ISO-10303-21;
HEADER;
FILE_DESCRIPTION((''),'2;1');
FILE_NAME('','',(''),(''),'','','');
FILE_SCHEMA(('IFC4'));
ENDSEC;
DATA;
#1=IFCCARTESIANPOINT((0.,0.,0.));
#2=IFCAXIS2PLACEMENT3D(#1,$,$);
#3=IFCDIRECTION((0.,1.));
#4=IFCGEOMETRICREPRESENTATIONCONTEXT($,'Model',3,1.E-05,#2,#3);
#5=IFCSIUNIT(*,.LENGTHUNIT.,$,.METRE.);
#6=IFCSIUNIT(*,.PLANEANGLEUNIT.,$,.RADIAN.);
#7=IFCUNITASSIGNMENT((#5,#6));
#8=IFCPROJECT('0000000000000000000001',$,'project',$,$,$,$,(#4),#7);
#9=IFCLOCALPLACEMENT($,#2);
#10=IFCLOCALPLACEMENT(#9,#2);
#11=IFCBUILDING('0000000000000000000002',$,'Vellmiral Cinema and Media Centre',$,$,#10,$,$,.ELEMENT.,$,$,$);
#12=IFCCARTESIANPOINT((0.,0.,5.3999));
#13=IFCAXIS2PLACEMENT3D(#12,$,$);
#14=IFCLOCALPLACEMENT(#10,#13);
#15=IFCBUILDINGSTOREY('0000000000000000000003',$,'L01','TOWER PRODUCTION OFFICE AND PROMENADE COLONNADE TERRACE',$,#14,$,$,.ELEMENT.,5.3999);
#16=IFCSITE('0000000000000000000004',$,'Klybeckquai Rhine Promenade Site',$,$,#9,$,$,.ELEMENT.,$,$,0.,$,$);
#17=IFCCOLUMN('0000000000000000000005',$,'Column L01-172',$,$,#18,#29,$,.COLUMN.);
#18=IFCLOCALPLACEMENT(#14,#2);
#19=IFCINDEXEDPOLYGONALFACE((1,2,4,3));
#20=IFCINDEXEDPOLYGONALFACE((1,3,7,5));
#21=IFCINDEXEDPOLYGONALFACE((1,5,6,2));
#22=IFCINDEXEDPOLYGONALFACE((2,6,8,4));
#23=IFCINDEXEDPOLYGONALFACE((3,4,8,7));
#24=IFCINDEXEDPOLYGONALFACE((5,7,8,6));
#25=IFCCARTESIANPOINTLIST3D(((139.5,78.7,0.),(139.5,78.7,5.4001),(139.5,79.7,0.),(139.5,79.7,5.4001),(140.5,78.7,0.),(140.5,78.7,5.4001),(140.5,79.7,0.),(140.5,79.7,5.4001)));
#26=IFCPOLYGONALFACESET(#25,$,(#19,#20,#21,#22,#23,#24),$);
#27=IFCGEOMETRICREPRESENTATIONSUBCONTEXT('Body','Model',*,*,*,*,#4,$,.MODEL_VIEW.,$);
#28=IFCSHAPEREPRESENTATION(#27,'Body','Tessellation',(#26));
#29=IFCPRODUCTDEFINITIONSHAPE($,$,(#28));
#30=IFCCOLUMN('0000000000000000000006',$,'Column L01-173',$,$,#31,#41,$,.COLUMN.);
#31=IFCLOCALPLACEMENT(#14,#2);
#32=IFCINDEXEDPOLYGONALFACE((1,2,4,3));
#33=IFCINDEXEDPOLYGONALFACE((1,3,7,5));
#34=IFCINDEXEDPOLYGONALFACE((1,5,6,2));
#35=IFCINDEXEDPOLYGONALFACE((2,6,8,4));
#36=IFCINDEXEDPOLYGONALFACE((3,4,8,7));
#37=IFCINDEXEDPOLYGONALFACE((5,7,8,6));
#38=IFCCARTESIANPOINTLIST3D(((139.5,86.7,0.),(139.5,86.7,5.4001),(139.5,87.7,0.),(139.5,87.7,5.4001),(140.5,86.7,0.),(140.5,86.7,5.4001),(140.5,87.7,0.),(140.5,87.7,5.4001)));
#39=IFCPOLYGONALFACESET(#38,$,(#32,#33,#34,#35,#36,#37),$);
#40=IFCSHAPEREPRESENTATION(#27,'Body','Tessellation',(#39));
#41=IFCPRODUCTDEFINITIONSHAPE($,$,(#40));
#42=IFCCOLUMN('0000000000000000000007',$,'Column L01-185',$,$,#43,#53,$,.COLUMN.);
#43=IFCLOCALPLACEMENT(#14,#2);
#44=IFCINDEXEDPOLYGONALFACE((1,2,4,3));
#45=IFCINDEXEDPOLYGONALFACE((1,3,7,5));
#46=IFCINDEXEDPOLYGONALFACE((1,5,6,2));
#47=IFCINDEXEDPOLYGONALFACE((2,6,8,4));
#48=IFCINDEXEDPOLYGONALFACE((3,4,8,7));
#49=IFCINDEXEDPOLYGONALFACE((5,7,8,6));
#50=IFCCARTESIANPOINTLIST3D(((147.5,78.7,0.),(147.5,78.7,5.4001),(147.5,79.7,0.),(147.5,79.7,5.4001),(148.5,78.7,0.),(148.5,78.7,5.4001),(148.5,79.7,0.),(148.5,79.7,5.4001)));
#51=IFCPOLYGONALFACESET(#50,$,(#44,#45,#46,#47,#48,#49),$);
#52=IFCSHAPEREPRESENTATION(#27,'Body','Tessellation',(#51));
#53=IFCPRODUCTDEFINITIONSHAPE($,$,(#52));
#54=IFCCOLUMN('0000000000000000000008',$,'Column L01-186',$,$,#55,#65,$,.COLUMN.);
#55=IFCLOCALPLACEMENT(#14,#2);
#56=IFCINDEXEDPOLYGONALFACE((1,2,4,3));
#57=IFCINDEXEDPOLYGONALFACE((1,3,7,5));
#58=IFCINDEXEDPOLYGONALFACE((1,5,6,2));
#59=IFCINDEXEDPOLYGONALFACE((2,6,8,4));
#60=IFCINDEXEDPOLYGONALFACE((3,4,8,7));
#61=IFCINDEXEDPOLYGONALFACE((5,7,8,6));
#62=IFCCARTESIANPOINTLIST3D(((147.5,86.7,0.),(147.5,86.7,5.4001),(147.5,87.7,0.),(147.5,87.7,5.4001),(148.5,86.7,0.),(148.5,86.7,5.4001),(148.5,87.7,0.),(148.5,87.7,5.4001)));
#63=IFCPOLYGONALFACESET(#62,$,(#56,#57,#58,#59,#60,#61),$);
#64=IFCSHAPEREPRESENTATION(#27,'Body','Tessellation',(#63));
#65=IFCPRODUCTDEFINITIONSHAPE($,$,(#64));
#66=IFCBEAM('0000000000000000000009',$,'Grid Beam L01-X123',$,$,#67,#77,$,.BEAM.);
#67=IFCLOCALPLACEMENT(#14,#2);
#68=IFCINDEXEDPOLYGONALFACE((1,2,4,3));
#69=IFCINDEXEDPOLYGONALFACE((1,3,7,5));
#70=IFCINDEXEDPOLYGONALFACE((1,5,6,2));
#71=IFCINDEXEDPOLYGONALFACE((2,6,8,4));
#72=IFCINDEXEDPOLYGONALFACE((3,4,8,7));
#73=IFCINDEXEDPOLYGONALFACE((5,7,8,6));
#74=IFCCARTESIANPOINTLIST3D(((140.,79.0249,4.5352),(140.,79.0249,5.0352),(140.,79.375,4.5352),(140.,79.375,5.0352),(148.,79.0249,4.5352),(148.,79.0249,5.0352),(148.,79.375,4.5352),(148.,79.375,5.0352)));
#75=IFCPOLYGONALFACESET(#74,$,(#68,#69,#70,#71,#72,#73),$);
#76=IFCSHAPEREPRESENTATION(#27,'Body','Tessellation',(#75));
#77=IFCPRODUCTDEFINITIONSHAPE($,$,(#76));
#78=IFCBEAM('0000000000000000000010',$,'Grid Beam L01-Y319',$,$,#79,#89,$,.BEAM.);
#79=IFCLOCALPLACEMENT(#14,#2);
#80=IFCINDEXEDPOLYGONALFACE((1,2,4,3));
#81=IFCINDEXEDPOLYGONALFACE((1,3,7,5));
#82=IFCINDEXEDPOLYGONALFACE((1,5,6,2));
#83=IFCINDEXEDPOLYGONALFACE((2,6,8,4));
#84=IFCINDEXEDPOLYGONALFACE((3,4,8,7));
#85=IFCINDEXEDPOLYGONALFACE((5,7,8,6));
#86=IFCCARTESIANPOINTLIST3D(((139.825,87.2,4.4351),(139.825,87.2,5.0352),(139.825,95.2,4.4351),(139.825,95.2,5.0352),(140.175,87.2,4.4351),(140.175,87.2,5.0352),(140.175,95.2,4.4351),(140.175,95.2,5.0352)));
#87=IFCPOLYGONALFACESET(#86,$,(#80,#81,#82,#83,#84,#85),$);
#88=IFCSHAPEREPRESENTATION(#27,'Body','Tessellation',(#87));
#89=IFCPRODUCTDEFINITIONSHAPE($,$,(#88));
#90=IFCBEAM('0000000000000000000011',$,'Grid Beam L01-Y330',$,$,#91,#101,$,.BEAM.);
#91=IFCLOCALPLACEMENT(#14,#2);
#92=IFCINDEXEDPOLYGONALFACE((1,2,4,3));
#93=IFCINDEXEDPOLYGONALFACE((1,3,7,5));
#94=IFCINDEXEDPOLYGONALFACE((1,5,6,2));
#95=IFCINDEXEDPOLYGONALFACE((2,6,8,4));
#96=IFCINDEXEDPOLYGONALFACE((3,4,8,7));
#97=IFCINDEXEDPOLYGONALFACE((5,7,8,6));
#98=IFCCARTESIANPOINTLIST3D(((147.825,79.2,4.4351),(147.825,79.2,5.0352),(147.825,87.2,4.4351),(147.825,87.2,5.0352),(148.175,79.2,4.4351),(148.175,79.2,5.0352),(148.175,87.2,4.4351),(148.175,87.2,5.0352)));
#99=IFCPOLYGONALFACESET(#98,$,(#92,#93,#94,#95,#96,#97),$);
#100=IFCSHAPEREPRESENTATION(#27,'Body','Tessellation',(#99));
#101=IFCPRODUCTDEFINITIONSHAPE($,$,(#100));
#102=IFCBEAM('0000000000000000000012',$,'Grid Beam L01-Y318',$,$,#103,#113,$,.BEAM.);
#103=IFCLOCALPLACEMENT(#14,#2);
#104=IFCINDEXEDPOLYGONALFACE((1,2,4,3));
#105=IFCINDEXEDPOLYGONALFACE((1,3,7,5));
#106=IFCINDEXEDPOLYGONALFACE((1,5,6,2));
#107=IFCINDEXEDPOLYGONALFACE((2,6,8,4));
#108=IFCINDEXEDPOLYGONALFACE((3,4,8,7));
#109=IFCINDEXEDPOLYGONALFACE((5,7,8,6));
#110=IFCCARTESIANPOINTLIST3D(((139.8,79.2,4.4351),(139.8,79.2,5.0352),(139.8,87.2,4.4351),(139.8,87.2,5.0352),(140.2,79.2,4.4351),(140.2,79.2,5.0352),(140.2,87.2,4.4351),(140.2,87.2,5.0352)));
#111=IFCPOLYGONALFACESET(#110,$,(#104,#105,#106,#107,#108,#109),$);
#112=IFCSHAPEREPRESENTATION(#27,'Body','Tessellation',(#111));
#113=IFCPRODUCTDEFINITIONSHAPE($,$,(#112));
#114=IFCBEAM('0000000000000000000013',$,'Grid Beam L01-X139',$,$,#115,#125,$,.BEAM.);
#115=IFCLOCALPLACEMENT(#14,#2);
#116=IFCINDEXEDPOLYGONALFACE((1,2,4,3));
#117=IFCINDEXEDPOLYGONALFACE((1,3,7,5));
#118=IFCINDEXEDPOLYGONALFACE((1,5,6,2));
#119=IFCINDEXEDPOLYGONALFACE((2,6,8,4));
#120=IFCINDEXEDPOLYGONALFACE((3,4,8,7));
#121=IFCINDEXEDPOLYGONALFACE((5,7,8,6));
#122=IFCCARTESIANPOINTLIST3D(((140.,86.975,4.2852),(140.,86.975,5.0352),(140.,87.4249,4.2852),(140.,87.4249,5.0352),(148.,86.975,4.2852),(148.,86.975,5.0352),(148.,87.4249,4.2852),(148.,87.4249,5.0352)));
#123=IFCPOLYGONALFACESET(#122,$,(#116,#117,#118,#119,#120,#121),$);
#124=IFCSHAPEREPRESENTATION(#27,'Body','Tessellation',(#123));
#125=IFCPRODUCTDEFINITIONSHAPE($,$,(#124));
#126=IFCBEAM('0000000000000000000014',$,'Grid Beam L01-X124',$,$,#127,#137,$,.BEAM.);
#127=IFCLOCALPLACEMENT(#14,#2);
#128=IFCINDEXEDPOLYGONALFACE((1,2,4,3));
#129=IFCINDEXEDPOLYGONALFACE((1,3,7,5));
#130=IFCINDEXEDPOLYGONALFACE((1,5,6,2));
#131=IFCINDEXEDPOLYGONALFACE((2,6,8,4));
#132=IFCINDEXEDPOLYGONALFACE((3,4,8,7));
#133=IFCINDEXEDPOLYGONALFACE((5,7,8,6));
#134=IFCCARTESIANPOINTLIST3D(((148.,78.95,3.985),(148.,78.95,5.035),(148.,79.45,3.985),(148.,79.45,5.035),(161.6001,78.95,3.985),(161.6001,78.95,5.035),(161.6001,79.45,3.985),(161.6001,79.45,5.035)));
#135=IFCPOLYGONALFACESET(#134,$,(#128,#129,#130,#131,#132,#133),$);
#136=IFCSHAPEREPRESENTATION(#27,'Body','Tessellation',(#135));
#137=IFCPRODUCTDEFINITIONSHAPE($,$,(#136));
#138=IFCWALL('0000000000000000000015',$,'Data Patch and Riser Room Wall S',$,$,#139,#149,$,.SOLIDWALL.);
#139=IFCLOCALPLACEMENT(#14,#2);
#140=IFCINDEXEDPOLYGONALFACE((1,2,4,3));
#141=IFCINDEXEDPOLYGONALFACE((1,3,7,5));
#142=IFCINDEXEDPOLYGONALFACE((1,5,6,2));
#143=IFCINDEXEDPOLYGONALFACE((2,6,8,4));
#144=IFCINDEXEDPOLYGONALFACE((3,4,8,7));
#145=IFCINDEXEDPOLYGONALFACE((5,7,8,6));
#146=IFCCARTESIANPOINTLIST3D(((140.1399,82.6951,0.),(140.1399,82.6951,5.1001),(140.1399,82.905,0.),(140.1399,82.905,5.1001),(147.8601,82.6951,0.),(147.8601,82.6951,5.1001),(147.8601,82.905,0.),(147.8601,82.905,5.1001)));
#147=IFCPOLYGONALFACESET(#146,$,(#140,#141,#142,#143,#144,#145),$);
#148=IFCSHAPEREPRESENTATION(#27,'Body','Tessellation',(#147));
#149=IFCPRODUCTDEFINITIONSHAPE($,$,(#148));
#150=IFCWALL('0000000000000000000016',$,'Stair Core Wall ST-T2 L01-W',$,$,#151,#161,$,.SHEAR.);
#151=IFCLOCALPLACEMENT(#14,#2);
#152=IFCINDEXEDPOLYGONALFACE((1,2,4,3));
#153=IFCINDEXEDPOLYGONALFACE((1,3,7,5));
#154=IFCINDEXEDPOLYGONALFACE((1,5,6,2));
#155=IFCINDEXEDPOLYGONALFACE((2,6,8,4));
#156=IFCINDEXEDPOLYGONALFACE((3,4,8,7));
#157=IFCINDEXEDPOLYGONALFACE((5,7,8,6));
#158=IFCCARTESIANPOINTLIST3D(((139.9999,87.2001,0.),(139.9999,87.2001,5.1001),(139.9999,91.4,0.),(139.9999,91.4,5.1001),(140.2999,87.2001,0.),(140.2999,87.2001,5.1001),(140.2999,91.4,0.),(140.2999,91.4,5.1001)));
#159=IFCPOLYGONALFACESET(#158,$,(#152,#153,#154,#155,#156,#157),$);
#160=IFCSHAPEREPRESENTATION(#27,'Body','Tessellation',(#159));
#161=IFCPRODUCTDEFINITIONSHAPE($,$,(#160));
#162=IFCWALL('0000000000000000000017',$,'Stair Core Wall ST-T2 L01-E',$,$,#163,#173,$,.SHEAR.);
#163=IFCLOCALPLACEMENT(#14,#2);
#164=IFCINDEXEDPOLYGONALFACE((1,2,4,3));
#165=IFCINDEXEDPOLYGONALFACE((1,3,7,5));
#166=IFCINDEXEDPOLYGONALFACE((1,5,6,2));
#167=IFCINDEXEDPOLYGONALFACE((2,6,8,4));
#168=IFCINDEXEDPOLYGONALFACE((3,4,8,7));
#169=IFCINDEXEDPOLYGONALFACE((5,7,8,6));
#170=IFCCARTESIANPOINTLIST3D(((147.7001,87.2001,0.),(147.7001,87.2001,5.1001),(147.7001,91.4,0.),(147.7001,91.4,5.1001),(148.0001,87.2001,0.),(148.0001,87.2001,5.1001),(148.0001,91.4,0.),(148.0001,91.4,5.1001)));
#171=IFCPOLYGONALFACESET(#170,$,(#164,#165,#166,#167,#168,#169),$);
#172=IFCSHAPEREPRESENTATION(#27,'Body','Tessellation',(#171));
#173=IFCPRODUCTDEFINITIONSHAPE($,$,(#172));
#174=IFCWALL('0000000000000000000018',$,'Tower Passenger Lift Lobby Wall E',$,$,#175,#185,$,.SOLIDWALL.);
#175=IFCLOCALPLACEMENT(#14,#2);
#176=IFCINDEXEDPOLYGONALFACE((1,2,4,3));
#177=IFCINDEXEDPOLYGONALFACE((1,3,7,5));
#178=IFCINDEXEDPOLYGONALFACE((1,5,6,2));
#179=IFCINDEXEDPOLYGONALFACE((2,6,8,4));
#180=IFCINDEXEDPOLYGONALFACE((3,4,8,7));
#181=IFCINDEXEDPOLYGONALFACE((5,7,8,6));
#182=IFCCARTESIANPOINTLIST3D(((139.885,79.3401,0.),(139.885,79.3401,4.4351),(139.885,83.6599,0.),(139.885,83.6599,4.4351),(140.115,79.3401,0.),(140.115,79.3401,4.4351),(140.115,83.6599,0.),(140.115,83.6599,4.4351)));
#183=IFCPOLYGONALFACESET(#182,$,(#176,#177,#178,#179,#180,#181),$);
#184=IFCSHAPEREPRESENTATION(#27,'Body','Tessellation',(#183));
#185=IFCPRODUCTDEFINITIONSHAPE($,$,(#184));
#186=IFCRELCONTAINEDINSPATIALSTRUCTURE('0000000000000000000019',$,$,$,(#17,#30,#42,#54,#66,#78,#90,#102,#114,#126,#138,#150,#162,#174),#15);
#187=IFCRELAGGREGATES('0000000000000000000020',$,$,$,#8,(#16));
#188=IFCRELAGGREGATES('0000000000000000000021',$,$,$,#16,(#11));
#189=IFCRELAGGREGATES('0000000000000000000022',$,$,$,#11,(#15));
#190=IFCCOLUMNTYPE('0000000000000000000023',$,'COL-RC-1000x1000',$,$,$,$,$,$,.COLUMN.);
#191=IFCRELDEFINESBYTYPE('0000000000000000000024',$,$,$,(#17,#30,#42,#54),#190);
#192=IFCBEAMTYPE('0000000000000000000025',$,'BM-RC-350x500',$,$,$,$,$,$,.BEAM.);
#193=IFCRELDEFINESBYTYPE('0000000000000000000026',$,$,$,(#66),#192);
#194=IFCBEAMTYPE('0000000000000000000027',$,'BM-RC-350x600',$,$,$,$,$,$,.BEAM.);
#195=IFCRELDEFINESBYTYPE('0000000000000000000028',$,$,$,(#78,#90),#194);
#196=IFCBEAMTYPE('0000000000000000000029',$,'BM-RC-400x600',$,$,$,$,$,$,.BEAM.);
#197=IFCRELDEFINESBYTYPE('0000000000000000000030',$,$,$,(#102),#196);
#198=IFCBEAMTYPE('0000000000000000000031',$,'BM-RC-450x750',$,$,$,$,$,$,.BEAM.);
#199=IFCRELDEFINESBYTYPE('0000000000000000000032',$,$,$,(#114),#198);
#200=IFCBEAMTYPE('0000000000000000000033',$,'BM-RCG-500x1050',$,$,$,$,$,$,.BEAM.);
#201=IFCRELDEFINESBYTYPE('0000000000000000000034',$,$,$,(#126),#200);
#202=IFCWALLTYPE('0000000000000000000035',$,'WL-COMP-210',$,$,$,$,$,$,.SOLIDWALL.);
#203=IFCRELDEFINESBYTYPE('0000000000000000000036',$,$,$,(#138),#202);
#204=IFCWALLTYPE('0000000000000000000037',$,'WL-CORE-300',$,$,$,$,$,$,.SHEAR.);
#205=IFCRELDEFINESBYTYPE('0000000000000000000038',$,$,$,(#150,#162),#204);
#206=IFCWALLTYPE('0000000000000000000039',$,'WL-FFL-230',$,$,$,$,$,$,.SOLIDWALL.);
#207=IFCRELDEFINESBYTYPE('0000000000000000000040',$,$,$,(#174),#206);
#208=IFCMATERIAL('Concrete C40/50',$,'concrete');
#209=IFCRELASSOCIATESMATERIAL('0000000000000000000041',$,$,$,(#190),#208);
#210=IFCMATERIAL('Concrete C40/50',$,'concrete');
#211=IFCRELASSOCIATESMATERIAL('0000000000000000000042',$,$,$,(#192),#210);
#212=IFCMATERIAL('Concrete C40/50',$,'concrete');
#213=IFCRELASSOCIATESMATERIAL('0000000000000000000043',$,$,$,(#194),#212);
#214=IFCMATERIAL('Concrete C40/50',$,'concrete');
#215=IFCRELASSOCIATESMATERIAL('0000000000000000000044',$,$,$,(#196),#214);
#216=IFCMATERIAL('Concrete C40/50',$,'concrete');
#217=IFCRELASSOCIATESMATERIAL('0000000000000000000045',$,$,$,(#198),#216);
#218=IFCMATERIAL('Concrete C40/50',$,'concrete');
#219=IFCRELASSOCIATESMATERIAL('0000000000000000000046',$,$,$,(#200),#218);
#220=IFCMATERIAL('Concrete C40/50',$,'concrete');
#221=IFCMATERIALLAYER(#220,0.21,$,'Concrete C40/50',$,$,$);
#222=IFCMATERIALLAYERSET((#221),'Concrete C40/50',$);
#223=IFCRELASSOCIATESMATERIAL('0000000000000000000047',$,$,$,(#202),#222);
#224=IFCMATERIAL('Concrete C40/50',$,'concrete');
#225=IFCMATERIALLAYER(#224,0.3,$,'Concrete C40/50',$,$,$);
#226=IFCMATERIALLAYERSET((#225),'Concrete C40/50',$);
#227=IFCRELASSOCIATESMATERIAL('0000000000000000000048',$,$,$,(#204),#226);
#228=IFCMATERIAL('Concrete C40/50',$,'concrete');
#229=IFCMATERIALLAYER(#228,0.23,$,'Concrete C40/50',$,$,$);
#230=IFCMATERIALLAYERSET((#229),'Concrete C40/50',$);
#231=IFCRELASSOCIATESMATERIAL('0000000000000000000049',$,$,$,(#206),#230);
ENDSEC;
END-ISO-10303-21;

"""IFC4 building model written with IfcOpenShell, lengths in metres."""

from ifc_helpers import new_model, si_unit, direction, frame, frame_2d, origin, origin_2d, place, context, subcontext, project, spatial, rectangle, extrude, material, layer, layer_set, material_profile, profile_set, type_object, element, save


model = new_model("IFC4")

# Units and contexts
model_context = context("Model", 3, precision=1e-05, world=origin(), true_north=direction((0.0, 1.0)))
body_context = subcontext(model_context, "Body", "Model", "MODEL_VIEW")
ifc_project = project(units=[si_unit("LENGTHUNIT", "METRE"), si_unit("PLANEANGLEUNIT", "RADIAN")], contexts=[model_context])

# Site, building, storey
site_placement = place(None, origin())
site = spatial("IfcSite", under=ifc_project, at=site_placement, Name="Klybeckquai Rhine Promenade Site", CompositionType="ELEMENT", RefElevation=0.0)
building_placement = place(site_placement, origin())
building = spatial("IfcBuilding", under=site, at=building_placement, Name="Vellmiral Cinema and Media Centre", CompositionType="ELEMENT")
storey_placement = place(building_placement, frame((0.0, 0.0, 5.3999)))
storey = spatial("IfcBuildingStorey", under=building, at=storey_placement, Name="L01", Description="TOWER PRODUCTION OFFICE AND PROMENADE COLONNADE TERRACE", CompositionType="ELEMENT", Elevation=5.3999)

# Columns
ifc_material_1 = material(Name="Concrete C40/50", Category="concrete")
ifc_material_profile_1 = material_profile(ifc_material_1, rectangle(XDim=1.0, YDim=1.0, at=origin_2d()), Name="RC 1000x1000")
ifc_profile_set_1 = profile_set([ifc_material_profile_1], Name="Concrete C40/50")
column_type = type_object("IfcColumnType", Name="COL-RC-1000x1000", PredefinedType="COLUMN", material=ifc_profile_set_1)
for number, where, z_axis, x_axis, name in (
    (1, (140.0, 79.2, 0.0), (0.0, 0.0, 1.0), (1.0, 0.0, 0.0), "Column L01-172"),
    (2, (140.0, 87.2, 0.0), (0.0, 0.0, 1.0), (1.0, 0.0, 0.0), "Column L01-173"),
    (3, (148.0, 79.2, 0.0), (0.0, 0.0, 1.0), (1.0, 0.0, 0.0), "Column L01-185"),
    (4, (148.0, 87.2, 0.0), (0.0, 0.0, 1.0), (1.0, 0.0, 0.0), "Column L01-186"),
):
    element("IfcColumn", number, at=place(storey_placement, frame(where, z_axis=z_axis, x_axis=x_axis)), inside=storey, type_object=column_type, Name=name, PredefinedType="COLUMN", context=body_context, shape_type="SweptSolid", body=[
        extrude(rectangle(XDim=1.0, YDim=1.0, at=origin_2d()), origin(), (0.0, 0.0, 1.0), 5.4001),
    ])

# Beams
ifc_material_2 = material(Name="Concrete C40/50", Category="concrete")
ifc_material_profile_2 = material_profile(ifc_material_2, rectangle(XDim=0.3501, YDim=0.5, at=origin_2d()), Name="RC 350x500")
ifc_profile_set_2 = profile_set([ifc_material_profile_2], Name="Concrete C40/50")
beam_type_1 = type_object("IfcBeamType", Name="BM-RC-350x500", PredefinedType="BEAM", material=ifc_profile_set_2)
beam_1_placement = place(storey_placement, frame((140.0, 79.2, 4.7852), z_axis=(1.0, 0.0, 0.0), x_axis=(0.0, 1.0, 0.0)))
element("IfcBeam", 5, at=beam_1_placement, inside=storey, type_object=beam_type_1, Name="Grid Beam L01-X123", PredefinedType="BEAM", context=body_context, shape_type="SweptSolid", body=[
    extrude(rectangle(XDim=0.3501, YDim=0.5, at=origin_2d()), origin(), (0.0, 0.0, 1.0), 8.0),
])
ifc_material_3 = material(Name="Concrete C40/50", Category="concrete")
ifc_material_profile_3 = material_profile(ifc_material_3, rectangle(XDim=0.3501, YDim=0.6001, at=origin_2d()), Name="RC 350x600")
ifc_profile_set_3 = profile_set([ifc_material_profile_3], Name="Concrete C40/50")
beam_type_2 = type_object("IfcBeamType", Name="BM-RC-350x600", PredefinedType="BEAM", material=ifc_profile_set_3)
for number, where, z_axis, x_axis, name in (
    (6, (140.0, 87.2, 4.7351), (0.0, 1.0, 0.0), (-1.0, 0.0, 0.0), "Grid Beam L01-Y319"),
    (7, (148.0, 79.2, 4.7351), (0.0, 1.0, 0.0), (-1.0, 0.0, 0.0), "Grid Beam L01-Y330"),
):
    element("IfcBeam", number, at=place(storey_placement, frame(where, z_axis=z_axis, x_axis=x_axis)), inside=storey, type_object=beam_type_2, Name=name, PredefinedType="BEAM", context=body_context, shape_type="SweptSolid", body=[
        extrude(rectangle(XDim=0.3501, YDim=0.6001, at=origin_2d()), origin(), (0.0, 0.0, 1.0), 8.0),
    ])
ifc_material_4 = material(Name="Concrete C40/50", Category="concrete")
ifc_material_profile_4 = material_profile(ifc_material_4, rectangle(XDim=0.3999, YDim=0.6001, at=origin_2d()), Name="RC 400x600")
ifc_profile_set_4 = profile_set([ifc_material_profile_4], Name="Concrete C40/50")
beam_type_3 = type_object("IfcBeamType", Name="BM-RC-400x600", PredefinedType="BEAM", material=ifc_profile_set_4)
beam_2_placement = place(storey_placement, frame((140.0, 79.2, 4.7351), z_axis=(0.0, 1.0, 0.0), x_axis=(-1.0, 0.0, 0.0)))
element("IfcBeam", 8, at=beam_2_placement, inside=storey, type_object=beam_type_3, Name="Grid Beam L01-Y318", PredefinedType="BEAM", context=body_context, shape_type="SweptSolid", body=[
    extrude(rectangle(XDim=0.3999, YDim=0.6001, at=origin_2d()), origin(), (0.0, 0.0, 1.0), 8.0),
])
ifc_material_5 = material(Name="Concrete C40/50", Category="concrete")
ifc_material_profile_5 = material_profile(ifc_material_5, rectangle(XDim=0.45, YDim=0.75, at=origin_2d()), Name="RC 450x750")
ifc_profile_set_5 = profile_set([ifc_material_profile_5], Name="Concrete C40/50")
beam_type_4 = type_object("IfcBeamType", Name="BM-RC-450x750", PredefinedType="BEAM", material=ifc_profile_set_5)
beam_3_placement = place(storey_placement, frame((140.0, 87.2, 4.6602), z_axis=(1.0, 0.0, 0.0), x_axis=(0.0, 1.0, 0.0)))
element("IfcBeam", 9, at=beam_3_placement, inside=storey, type_object=beam_type_4, Name="Grid Beam L01-X139", PredefinedType="BEAM", context=body_context, shape_type="SweptSolid", body=[
    extrude(rectangle(XDim=0.45, YDim=0.75, at=origin_2d()), origin(), (0.0, 0.0, 1.0), 8.0),
])
ifc_material_6 = material(Name="Concrete C40/50", Category="concrete")
ifc_material_profile_6 = material_profile(ifc_material_6, rectangle(XDim=0.5, YDim=1.05, at=origin_2d()), Name="RC 500x1050")
ifc_profile_set_6 = profile_set([ifc_material_profile_6], Name="Concrete C40/50")
beam_type_5 = type_object("IfcBeamType", Name="BM-RCG-500x1050", PredefinedType="BEAM", material=ifc_profile_set_6)
beam_4_placement = place(storey_placement, frame((148.0, 79.2, 4.51), z_axis=(1.0, 0.0, 0.0), x_axis=(0.0, 1.0, 0.0)))
element("IfcBeam", 10, at=beam_4_placement, inside=storey, type_object=beam_type_5, Name="Grid Beam L01-X124", PredefinedType="BEAM", context=body_context, shape_type="SweptSolid", body=[
    extrude(rectangle(XDim=0.5, YDim=1.05, at=origin_2d()), origin(), (0.0, 0.0, 1.0), 13.6001),
])

# Wall
ifc_material_7 = material(Name="Concrete C40/50", Category="concrete")
ifc_layer_1 = layer(ifc_material_7, 0.21, Name="Concrete C40/50")
ifc_layer_set_1 = layer_set([ifc_layer_1], Name="Concrete C40/50")
wall_type_1 = type_object("IfcWallType", Name="WL-COMP-210", PredefinedType="SOLIDWALL", material=ifc_layer_set_1)
wall_1_placement = place(storey_placement, frame((140.1399, 82.8, 0.0), z_axis=(0.0, 0.0, 1.0), x_axis=(1.0, 0.0, 0.0)))
element("IfcWall", 11, at=wall_1_placement, inside=storey, type_object=wall_type_1, Name="Data Patch and Riser Room Wall S", PredefinedType="SOLIDWALL", context=body_context, shape_type="SweptSolid", body=[
    extrude(rectangle(XDim=7.7202, YDim=0.21, at=frame_2d((3.8601, 0.0))), origin(), (0.0, 0.0, 1.0), 5.1001),
])

# Walls
ifc_material_8 = material(Name="Concrete C40/50", Category="concrete")
ifc_layer_2 = layer(ifc_material_8, 0.3, Name="Concrete C40/50")
ifc_layer_set_2 = layer_set([ifc_layer_2], Name="Concrete C40/50")
wall_type_2 = type_object("IfcWallType", Name="WL-CORE-300", PredefinedType="SHEAR", material=ifc_layer_set_2)
for number, where, z_axis, x_axis, name in (
    (12, (140.1499, 87.2, 0.0), (0.0, 0.0, 1.0), (0.0, 1.0, 0.0), "Stair Core Wall ST-T2 L01-W"),
    (13, (147.8501, 87.2, 0.0), (0.0, 0.0, 1.0), (0.0, 1.0, 0.0), "Stair Core Wall ST-T2 L01-E"),
):
    element("IfcWall", number, at=place(storey_placement, frame(where, z_axis=z_axis, x_axis=x_axis)), inside=storey, type_object=wall_type_2, Name=name, PredefinedType="SHEAR", context=body_context, shape_type="SweptSolid", body=[
        extrude(rectangle(XDim=4.2, YDim=0.3, at=frame_2d((2.1001, 0.0))), origin(), (0.0, 0.0, 1.0), 5.1001),
    ])
ifc_material_9 = material(Name="Concrete C40/50", Category="concrete")
ifc_layer_3 = layer(ifc_material_9, 0.23, Name="Concrete C40/50")
ifc_layer_set_3 = layer_set([ifc_layer_3], Name="Concrete C40/50")
wall_type_3 = type_object("IfcWallType", Name="WL-FFL-230", PredefinedType="SOLIDWALL", material=ifc_layer_set_3)
wall_2_placement = place(storey_placement, frame((140.0, 79.3401, 0.0), z_axis=(0.0, 0.0, 1.0), x_axis=(0.0, 1.0, 0.0)))
element("IfcWall", 14, at=wall_2_placement, inside=storey, type_object=wall_type_3, Name="Tower Passenger Lift Lobby Wall E", PredefinedType="SOLIDWALL", context=body_context, shape_type="SweptSolid", body=[
    extrude(rectangle(XDim=4.3198, YDim=0.23, at=frame_2d((2.1599, 0.0))), origin(), (0.0, 0.0, 1.0), 4.4351),
])

save(model, "model.ifc")
